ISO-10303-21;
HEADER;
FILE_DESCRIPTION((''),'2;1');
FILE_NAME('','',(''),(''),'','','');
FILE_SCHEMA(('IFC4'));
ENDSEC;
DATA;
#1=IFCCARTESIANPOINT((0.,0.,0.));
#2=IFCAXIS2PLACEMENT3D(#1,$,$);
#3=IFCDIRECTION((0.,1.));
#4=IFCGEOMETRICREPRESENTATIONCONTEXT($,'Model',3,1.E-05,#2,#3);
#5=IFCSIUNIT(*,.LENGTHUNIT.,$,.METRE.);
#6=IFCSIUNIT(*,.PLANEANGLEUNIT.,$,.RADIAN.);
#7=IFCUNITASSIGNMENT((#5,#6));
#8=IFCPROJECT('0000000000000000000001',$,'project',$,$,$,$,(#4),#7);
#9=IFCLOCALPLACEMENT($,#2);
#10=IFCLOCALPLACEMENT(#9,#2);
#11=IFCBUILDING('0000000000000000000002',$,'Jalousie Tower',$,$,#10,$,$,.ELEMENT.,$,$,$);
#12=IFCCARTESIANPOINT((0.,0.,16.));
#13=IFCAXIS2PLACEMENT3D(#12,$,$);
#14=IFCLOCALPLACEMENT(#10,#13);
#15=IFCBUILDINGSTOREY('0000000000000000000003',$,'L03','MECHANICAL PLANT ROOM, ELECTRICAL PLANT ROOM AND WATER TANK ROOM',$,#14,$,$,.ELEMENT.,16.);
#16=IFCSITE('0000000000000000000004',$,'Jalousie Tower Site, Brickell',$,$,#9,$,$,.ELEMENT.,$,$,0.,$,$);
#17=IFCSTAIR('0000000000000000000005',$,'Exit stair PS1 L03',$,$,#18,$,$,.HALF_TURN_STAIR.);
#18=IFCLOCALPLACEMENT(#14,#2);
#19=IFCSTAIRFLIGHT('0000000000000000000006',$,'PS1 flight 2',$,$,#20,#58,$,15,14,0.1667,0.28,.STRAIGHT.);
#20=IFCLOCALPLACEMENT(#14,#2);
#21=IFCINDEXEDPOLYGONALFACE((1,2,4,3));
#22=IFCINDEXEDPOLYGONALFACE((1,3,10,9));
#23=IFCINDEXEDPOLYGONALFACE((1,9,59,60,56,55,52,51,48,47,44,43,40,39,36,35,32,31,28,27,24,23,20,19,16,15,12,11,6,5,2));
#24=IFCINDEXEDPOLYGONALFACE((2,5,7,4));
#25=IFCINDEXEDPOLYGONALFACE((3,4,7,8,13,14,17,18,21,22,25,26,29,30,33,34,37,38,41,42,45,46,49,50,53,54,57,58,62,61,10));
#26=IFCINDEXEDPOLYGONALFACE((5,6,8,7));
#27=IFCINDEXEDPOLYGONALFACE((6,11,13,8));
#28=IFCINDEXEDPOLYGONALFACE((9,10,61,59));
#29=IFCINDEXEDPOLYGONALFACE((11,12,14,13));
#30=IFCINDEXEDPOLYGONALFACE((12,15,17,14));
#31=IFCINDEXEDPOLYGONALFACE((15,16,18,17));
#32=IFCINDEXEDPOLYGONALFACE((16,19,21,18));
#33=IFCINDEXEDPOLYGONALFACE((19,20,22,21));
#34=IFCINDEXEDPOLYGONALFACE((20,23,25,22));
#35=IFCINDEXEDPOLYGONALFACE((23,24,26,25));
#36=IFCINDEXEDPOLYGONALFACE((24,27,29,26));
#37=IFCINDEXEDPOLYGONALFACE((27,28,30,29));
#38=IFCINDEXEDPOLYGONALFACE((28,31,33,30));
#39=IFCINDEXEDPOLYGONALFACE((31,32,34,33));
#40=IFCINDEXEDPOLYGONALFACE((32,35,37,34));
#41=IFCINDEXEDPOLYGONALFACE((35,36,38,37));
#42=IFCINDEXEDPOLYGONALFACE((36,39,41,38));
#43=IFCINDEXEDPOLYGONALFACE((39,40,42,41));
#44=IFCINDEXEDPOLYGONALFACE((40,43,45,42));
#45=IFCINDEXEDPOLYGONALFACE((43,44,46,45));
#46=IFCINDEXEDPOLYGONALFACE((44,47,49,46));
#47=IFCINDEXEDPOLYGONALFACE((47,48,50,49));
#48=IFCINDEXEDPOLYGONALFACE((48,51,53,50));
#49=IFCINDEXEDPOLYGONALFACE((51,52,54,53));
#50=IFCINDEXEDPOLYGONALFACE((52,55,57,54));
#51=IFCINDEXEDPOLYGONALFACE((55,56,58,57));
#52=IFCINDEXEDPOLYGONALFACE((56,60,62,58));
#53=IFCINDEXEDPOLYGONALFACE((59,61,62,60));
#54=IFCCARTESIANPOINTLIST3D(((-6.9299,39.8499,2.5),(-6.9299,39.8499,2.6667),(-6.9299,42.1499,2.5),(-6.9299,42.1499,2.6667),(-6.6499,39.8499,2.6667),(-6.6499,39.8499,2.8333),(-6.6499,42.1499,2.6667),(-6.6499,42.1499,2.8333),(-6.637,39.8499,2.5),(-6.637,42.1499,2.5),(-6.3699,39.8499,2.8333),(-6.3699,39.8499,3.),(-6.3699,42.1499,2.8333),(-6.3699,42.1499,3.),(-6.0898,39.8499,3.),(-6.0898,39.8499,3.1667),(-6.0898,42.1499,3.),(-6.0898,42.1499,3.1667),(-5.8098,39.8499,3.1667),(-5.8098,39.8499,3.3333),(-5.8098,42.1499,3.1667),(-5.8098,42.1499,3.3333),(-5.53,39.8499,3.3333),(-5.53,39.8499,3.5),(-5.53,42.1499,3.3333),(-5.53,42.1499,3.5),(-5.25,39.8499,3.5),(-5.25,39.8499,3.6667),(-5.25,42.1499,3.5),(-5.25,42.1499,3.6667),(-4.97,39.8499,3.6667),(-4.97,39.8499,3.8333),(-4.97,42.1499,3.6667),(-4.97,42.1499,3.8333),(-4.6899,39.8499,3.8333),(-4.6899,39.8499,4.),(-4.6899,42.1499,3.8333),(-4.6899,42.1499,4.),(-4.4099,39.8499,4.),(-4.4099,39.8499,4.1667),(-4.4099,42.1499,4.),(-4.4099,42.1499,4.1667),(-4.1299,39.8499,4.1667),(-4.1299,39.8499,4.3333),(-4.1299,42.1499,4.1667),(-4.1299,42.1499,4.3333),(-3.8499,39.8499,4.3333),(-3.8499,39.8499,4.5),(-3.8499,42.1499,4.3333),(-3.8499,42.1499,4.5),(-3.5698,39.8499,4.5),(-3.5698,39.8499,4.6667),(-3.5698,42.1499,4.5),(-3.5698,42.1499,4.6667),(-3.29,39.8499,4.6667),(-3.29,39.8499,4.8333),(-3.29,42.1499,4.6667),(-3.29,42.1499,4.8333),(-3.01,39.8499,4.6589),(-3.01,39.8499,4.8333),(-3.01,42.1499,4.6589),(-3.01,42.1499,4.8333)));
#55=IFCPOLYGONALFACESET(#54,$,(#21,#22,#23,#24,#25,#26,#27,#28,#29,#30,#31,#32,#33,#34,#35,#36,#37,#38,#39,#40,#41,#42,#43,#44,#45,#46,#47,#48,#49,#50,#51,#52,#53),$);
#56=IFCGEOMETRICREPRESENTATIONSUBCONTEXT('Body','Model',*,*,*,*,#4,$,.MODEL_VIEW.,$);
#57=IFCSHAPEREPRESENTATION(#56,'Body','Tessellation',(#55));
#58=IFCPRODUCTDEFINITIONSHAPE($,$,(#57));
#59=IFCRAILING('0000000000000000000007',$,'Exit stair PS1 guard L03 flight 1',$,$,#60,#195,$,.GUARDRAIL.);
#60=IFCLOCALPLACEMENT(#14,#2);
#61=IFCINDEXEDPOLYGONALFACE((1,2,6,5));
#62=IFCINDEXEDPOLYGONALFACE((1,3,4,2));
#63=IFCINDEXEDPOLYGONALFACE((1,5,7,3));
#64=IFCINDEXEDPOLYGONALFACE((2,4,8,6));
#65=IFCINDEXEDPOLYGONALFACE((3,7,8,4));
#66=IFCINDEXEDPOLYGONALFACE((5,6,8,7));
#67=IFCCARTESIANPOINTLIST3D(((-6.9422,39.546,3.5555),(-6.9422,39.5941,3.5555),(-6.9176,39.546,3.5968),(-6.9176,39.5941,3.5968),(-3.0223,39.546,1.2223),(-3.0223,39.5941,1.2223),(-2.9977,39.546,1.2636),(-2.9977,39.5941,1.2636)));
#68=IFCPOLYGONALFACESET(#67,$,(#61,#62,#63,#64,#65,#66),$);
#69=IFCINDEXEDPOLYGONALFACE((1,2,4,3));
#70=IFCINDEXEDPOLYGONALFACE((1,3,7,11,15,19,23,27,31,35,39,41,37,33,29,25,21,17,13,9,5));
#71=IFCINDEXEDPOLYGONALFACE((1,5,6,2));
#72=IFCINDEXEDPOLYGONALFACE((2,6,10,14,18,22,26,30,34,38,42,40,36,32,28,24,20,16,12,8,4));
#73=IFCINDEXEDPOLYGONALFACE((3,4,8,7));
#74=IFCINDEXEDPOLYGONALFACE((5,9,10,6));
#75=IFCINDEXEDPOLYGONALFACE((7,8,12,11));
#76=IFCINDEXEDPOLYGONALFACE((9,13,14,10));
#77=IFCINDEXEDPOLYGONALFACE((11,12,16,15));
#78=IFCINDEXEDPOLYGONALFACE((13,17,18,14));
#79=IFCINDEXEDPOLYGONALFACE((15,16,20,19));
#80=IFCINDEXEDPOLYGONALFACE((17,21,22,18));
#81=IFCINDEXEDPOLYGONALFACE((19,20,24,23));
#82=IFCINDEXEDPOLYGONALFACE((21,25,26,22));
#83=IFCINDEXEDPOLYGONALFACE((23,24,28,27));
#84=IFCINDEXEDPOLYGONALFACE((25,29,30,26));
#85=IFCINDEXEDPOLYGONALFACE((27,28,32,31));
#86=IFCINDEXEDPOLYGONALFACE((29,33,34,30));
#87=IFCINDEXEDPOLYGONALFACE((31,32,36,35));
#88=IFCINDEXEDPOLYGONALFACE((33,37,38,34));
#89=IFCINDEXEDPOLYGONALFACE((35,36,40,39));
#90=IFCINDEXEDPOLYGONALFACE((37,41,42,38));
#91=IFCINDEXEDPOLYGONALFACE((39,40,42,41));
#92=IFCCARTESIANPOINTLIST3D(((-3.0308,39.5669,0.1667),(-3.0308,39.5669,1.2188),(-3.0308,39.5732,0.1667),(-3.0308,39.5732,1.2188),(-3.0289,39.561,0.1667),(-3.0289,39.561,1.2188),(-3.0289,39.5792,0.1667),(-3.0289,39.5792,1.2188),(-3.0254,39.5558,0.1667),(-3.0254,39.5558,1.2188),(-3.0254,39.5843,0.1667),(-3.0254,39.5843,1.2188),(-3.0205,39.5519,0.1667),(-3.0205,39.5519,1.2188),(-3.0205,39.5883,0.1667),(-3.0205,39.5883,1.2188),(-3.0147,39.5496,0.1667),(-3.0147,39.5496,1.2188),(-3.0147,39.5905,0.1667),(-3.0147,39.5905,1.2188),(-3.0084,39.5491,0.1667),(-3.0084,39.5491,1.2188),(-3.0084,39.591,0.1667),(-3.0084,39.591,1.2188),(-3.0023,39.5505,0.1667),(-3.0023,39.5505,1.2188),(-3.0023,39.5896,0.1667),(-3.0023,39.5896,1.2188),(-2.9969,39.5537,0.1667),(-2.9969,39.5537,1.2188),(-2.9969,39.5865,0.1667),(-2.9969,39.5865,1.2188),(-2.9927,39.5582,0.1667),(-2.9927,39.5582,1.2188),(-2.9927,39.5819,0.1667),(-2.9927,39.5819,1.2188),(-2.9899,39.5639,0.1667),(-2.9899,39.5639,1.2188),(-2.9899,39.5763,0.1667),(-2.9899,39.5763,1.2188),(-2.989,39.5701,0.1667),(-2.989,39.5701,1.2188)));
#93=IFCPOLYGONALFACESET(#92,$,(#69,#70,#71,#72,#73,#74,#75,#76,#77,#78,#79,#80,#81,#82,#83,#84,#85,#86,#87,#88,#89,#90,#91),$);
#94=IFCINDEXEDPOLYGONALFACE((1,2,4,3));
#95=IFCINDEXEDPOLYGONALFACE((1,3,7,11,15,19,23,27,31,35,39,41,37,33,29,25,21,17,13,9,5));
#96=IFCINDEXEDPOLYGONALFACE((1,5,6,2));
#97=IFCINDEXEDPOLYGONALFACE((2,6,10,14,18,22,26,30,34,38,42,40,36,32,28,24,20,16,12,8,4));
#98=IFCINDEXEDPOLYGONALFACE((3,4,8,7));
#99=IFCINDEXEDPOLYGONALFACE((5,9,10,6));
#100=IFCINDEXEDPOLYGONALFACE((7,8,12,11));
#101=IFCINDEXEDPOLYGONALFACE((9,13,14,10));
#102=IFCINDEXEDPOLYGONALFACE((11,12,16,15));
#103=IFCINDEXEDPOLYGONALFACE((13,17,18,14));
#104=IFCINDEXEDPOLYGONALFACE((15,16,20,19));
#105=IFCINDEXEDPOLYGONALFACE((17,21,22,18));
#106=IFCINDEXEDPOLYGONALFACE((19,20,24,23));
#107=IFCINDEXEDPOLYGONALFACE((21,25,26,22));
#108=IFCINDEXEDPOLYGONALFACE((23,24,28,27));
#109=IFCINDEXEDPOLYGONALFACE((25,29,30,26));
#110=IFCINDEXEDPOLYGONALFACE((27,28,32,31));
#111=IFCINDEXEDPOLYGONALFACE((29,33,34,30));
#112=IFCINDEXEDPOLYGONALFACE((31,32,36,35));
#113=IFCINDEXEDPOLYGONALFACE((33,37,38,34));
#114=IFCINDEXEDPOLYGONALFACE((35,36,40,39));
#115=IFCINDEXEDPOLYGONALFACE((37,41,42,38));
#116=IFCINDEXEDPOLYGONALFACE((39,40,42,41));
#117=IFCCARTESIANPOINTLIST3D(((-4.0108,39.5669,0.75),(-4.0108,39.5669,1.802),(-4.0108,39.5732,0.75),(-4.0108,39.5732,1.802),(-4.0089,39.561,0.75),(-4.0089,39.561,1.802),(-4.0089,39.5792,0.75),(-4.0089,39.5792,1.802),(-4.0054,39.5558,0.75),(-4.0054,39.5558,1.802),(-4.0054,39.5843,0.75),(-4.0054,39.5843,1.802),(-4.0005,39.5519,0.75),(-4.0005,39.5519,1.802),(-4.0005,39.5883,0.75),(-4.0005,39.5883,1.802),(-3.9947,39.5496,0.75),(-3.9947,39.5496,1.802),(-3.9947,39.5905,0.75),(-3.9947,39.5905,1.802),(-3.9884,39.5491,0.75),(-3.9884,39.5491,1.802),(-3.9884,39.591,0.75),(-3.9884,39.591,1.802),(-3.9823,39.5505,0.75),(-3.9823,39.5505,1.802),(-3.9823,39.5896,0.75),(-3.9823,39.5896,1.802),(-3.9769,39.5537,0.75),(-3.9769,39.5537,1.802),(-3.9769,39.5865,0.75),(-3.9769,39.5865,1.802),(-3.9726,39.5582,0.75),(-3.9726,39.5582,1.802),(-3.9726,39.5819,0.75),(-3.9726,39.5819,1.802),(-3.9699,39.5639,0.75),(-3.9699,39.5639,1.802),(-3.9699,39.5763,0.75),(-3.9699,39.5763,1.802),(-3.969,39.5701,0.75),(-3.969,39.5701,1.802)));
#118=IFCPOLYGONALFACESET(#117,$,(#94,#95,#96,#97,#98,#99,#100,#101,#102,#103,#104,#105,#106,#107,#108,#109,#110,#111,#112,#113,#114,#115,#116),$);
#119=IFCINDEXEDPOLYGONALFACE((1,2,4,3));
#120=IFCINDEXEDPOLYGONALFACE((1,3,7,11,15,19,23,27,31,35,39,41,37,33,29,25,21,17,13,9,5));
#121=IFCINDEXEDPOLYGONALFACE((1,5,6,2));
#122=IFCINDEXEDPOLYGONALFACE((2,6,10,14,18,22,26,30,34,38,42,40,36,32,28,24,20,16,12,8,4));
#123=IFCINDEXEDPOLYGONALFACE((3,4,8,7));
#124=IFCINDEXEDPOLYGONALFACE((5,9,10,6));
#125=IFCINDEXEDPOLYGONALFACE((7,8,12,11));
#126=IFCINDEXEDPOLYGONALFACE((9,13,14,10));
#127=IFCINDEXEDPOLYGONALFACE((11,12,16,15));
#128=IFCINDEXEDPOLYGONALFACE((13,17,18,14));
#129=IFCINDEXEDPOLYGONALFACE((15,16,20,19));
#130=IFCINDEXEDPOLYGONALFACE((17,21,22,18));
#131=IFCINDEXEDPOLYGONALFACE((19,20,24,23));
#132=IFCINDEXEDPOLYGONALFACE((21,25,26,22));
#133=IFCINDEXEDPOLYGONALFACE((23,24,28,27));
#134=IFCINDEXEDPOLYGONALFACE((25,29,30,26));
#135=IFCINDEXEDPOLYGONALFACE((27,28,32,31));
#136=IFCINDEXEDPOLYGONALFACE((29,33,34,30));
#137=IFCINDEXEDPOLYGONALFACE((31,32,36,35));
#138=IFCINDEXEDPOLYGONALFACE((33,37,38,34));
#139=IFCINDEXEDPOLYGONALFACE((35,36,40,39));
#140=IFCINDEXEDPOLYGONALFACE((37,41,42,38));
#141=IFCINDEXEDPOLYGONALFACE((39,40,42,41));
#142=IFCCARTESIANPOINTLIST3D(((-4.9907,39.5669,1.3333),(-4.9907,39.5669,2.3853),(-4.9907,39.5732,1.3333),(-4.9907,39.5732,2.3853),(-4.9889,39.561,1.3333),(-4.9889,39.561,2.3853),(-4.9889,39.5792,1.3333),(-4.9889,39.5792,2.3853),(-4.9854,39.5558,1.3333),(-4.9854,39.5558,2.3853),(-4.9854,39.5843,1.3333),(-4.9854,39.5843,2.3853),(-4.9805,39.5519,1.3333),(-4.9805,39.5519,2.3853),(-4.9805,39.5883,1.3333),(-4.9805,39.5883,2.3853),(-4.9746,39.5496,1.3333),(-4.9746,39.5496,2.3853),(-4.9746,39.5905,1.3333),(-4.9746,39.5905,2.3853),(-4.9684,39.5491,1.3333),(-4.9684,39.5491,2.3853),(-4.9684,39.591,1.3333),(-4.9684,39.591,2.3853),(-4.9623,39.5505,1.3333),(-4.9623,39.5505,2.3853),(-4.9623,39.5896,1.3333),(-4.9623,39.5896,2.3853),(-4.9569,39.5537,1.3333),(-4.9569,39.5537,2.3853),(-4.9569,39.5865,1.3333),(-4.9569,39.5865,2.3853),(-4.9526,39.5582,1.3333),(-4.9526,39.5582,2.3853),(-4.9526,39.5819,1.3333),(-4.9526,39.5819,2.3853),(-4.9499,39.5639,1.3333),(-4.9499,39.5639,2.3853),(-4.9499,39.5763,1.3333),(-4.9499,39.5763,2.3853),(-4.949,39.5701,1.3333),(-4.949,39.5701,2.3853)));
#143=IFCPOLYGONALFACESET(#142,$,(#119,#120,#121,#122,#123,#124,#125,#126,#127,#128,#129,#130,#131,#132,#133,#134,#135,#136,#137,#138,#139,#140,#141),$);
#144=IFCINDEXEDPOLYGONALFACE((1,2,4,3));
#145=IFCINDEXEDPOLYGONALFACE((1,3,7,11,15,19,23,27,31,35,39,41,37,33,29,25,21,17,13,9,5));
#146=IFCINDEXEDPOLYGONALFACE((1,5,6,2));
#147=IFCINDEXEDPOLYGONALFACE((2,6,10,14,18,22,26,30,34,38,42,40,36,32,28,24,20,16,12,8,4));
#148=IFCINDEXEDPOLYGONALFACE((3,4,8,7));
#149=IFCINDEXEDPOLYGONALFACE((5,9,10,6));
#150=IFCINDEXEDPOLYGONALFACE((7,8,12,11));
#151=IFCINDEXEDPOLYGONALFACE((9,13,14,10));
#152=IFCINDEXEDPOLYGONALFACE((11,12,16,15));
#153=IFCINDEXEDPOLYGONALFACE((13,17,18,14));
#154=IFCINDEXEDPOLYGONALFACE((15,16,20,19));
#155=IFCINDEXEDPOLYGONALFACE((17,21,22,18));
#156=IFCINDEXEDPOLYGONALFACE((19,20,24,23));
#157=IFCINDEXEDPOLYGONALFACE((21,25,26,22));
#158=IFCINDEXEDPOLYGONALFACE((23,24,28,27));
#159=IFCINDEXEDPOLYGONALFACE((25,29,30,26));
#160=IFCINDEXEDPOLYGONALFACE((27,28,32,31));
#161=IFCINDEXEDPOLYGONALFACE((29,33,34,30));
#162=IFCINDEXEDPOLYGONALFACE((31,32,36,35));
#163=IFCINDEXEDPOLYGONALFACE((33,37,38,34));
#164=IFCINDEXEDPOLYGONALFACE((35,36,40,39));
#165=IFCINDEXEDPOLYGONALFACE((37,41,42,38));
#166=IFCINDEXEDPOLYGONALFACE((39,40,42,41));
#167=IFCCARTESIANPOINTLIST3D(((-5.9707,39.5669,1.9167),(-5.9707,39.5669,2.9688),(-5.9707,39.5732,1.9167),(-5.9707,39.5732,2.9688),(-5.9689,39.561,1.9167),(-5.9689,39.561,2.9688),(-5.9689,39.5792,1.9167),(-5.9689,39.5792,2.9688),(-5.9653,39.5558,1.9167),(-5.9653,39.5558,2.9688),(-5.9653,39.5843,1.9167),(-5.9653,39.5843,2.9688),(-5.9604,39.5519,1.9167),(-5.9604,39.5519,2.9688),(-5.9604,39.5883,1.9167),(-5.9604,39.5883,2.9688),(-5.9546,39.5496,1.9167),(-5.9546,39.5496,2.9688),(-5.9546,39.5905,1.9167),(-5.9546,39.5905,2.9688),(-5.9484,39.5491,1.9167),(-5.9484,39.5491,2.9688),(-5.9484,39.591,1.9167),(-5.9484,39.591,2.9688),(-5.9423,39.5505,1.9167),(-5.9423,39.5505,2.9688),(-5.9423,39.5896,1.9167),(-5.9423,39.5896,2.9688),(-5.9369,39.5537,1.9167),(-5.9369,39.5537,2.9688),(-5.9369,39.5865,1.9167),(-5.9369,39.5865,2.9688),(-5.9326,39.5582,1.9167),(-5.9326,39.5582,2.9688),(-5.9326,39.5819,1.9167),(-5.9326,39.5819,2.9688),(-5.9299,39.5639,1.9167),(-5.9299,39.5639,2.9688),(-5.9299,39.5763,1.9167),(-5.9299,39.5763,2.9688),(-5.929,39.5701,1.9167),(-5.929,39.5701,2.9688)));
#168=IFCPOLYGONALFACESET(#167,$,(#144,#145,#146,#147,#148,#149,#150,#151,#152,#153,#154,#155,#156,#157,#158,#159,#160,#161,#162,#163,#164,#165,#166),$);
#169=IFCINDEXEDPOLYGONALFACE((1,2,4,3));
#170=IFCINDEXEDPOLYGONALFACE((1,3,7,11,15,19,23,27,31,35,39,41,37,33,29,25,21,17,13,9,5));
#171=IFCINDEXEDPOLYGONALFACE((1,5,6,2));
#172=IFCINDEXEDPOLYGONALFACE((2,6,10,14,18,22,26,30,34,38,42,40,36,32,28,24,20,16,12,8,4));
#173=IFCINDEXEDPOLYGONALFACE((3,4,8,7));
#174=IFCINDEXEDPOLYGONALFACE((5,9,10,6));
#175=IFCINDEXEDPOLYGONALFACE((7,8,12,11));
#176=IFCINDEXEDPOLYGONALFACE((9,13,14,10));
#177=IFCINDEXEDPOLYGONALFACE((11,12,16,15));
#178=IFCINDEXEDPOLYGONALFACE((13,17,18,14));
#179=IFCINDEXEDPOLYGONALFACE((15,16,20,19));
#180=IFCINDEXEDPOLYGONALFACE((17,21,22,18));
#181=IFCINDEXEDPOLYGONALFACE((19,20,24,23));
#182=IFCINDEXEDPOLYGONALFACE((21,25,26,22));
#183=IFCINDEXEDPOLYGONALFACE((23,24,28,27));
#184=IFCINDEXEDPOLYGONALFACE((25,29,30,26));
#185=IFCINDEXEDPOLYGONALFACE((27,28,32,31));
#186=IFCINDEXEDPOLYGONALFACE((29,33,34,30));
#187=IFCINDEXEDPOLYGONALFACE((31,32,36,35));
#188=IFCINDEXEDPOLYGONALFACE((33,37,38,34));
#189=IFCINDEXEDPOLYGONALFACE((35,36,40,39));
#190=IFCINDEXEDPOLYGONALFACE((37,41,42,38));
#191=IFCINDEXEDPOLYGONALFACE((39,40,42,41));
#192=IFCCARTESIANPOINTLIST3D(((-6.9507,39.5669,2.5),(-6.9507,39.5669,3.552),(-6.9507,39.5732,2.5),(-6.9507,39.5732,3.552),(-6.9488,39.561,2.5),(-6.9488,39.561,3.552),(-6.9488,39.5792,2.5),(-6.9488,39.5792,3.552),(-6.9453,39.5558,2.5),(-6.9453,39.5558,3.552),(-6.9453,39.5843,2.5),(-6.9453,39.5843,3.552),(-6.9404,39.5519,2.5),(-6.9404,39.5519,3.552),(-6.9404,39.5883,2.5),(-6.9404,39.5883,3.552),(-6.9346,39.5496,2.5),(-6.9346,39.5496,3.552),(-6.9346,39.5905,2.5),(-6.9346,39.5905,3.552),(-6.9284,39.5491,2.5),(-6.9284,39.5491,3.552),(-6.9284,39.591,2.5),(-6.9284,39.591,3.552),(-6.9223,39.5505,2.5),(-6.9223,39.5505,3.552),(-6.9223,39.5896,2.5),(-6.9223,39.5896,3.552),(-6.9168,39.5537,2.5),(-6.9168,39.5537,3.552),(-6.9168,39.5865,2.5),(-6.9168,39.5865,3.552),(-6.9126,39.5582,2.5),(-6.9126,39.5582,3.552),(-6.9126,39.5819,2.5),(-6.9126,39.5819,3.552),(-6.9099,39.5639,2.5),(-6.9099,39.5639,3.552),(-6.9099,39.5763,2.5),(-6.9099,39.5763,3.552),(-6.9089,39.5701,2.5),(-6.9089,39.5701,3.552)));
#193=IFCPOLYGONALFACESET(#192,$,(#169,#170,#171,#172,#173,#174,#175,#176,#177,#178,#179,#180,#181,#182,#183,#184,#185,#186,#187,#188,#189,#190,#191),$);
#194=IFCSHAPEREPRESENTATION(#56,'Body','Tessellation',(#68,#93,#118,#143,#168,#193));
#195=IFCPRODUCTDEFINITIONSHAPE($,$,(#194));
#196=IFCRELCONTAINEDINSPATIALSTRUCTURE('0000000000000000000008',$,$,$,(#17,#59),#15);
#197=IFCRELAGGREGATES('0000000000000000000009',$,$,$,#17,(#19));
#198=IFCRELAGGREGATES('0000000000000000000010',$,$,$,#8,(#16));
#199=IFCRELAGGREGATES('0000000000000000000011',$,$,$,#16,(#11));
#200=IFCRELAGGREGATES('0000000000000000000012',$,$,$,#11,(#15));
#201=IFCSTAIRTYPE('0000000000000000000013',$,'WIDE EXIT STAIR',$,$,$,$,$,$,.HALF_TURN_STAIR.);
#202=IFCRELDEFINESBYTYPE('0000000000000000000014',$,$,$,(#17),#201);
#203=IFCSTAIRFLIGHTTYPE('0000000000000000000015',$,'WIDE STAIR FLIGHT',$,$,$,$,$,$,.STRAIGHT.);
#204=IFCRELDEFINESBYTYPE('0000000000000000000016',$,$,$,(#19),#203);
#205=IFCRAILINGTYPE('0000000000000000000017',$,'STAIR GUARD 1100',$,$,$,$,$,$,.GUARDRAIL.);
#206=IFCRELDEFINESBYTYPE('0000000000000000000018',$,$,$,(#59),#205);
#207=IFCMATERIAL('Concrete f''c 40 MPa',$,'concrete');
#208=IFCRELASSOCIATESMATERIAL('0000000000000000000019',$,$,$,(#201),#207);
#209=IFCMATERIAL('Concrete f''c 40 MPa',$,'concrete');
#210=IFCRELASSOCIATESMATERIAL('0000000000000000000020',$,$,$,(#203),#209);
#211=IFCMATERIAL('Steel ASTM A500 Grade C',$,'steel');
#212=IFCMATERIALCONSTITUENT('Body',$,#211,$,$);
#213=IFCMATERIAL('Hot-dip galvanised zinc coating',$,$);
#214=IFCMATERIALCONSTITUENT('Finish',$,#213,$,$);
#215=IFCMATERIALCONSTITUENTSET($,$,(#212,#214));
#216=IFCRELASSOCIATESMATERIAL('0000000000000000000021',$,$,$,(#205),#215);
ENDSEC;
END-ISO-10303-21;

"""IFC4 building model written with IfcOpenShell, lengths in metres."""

from ifc_helpers import new_model, si_unit, direction, frame, origin, origin_2d, place, context, subcontext, project, spatial, polyline, rectangle, circle, outline, extrude, material, constituent, constituent_set, type_object, element, aggregate, save


model = new_model("IFC4")

# Units and contexts
model_context = context("Model", 3, precision=1e-05, world=origin(), true_north=direction((0.0, 1.0)))
body_context = subcontext(model_context, "Body", "Model", "MODEL_VIEW")
ifc_project = project(units=[si_unit("LENGTHUNIT", "METRE"), si_unit("PLANEANGLEUNIT", "RADIAN")], contexts=[model_context])

# Site, building, storey
site_placement = place(None, origin())
site = spatial("IfcSite", under=ifc_project, at=site_placement, Name="Jalousie Tower Site, Brickell", CompositionType="ELEMENT", RefElevation=0.0)
building_placement = place(site_placement, origin())
building = spatial("IfcBuilding", under=site, at=building_placement, Name="Jalousie Tower", CompositionType="ELEMENT")
storey_placement = place(building_placement, frame((0.0, 0.0, 16.0)))
storey = spatial("IfcBuildingStorey", under=building, at=storey_placement, Name="L03", Description="MECHANICAL PLANT ROOM, ELECTRICAL PLANT ROOM AND WATER TANK ROOM", CompositionType="ELEMENT", Elevation=16.0)

# Stair, stair flight
ifc_material_1 = material(Name="Concrete f'c 40 MPa", Category="concrete")
stair_type = type_object("IfcStairType", Name="WIDE EXIT STAIR", PredefinedType="HALF_TURN_STAIR", material=ifc_material_1)
stair_placement = place(storey_placement, origin())
stair = element("IfcStair", 1, at=stair_placement, inside=storey, type_object=stair_type, Name="Exit stair PS1 L03", PredefinedType="HALF_TURN_STAIR")
ifc_material_2 = material(Name="Concrete f'c 40 MPa", Category="concrete")
stair_flight_type = type_object("IfcStairFlightType", Name="WIDE STAIR FLIGHT", PredefinedType="STRAIGHT", material=ifc_material_2)
stair_flight_1_placement = place(storey_placement, frame((-6.9299, 41.0, 2.5), z_axis=(0.0, 0.0, 1.0), x_axis=(1.0, 0.0, 0.0)))
stair_flight_1 = element("IfcStairFlight", 2, at=stair_flight_1_placement, type_object=stair_flight_type, Name="PS1 flight 2", NumberOfRisers=15, NumberOfTreads=14, PredefinedType="STRAIGHT", RiserHeight=0.1667, TreadLength=0.28, context=body_context, shape_type="SweptSolid", body=[
    extrude(outline(polyline([(0.0, 0.0), (0.0, 0.1667), (0.28, 0.1667), (0.28, 0.3333), (0.5601, 0.3333), (0.5601, 0.5), (0.8401, 0.5), (0.8401, 0.6667), (1.1201, 0.6667), (1.1201, 0.8333), (1.3999, 0.8333), (1.3999, 1.0), (1.6799, 1.0), (1.6799, 1.1667), (1.96, 1.1667), (1.96, 1.3333), (2.24, 1.3333), (2.24, 1.5), (2.52, 1.5), (2.52, 1.6667), (2.8, 1.6667), (2.8, 1.8333), (3.0801, 1.8333), (3.0801, 2.0), (3.3601, 2.0), (3.3601, 2.1667), (3.6399, 2.1667), (3.6399, 2.3333), (3.9199, 2.3333), (3.9199, 2.5), (3.9199, 2.1589), (0.293, 0.0), (0.0, 0.0)])), frame((0.0, 1.1499, 0.0), z_axis=(0.0, -1.0, 0.0), x_axis=(1.0, 0.0, 0.0)), (0.0, 0.0, 1.0), 2.3),
])
aggregate(stair, [stair_flight_1])

# Railing
ifc_material_3 = material(Name="Steel ASTM A500 Grade C", Category="steel")
ifc_constituent_1 = constituent(ifc_material_3, Name="Body")
ifc_material_4 = material(Name="Hot-dip galvanised zinc coating")
ifc_constituent_2 = constituent(ifc_material_4, Name="Finish")
ifc_constituent_set_1 = constituent_set(constituents=[ifc_constituent_1, ifc_constituent_2])
railing_type_1 = type_object("IfcRailingType", Name="STAIR GUARD 1100", PredefinedType="GUARDRAIL", material=ifc_constituent_set_1)
railing_1_placement = place(storey_placement, frame((-3.01, 39.5701, 0.1667)))
element("IfcRailing", 3, at=railing_1_placement, inside=storey, type_object=railing_type_1, Name="Exit stair PS1 guard L03 flight 1", PredefinedType="GUARDRAIL", context=body_context, shape_type="SweptSolid", body=[
    extrude(rectangle(XDim=0.0481, YDim=0.0481, at=origin_2d()), frame((0.0, 0.0, 1.0762), z_axis=(-0.859296, 0.0, 0.511478), x_axis=(0.0, -1.0, 0.0)), (0.0, 0.0, 1.0), 4.5618),
    extrude(circle(Radius=0.021, at=origin_2d()), origin(), (0.0, 0.0, 1.0), 1.052),
    extrude(circle(Radius=0.021, at=origin_2d()), frame((-0.98, 0.0, 0.5833)), (0.0, 0.0, 1.0), 1.052),
    extrude(circle(Radius=0.021, at=origin_2d()), frame((-1.96, 0.0, 1.1665)), (0.0, 0.0, 1.0), 1.052),
    extrude(circle(Radius=0.021, at=origin_2d()), frame((-2.9399, 0.0, 1.75)), (0.0, 0.0, 1.0), 1.052),
    extrude(circle(Radius=0.021, at=origin_2d()), frame((-3.9199, 0.0, 2.3333)), (0.0, 0.0, 1.0), 1.052),
])

save(model, "model.ifc")
